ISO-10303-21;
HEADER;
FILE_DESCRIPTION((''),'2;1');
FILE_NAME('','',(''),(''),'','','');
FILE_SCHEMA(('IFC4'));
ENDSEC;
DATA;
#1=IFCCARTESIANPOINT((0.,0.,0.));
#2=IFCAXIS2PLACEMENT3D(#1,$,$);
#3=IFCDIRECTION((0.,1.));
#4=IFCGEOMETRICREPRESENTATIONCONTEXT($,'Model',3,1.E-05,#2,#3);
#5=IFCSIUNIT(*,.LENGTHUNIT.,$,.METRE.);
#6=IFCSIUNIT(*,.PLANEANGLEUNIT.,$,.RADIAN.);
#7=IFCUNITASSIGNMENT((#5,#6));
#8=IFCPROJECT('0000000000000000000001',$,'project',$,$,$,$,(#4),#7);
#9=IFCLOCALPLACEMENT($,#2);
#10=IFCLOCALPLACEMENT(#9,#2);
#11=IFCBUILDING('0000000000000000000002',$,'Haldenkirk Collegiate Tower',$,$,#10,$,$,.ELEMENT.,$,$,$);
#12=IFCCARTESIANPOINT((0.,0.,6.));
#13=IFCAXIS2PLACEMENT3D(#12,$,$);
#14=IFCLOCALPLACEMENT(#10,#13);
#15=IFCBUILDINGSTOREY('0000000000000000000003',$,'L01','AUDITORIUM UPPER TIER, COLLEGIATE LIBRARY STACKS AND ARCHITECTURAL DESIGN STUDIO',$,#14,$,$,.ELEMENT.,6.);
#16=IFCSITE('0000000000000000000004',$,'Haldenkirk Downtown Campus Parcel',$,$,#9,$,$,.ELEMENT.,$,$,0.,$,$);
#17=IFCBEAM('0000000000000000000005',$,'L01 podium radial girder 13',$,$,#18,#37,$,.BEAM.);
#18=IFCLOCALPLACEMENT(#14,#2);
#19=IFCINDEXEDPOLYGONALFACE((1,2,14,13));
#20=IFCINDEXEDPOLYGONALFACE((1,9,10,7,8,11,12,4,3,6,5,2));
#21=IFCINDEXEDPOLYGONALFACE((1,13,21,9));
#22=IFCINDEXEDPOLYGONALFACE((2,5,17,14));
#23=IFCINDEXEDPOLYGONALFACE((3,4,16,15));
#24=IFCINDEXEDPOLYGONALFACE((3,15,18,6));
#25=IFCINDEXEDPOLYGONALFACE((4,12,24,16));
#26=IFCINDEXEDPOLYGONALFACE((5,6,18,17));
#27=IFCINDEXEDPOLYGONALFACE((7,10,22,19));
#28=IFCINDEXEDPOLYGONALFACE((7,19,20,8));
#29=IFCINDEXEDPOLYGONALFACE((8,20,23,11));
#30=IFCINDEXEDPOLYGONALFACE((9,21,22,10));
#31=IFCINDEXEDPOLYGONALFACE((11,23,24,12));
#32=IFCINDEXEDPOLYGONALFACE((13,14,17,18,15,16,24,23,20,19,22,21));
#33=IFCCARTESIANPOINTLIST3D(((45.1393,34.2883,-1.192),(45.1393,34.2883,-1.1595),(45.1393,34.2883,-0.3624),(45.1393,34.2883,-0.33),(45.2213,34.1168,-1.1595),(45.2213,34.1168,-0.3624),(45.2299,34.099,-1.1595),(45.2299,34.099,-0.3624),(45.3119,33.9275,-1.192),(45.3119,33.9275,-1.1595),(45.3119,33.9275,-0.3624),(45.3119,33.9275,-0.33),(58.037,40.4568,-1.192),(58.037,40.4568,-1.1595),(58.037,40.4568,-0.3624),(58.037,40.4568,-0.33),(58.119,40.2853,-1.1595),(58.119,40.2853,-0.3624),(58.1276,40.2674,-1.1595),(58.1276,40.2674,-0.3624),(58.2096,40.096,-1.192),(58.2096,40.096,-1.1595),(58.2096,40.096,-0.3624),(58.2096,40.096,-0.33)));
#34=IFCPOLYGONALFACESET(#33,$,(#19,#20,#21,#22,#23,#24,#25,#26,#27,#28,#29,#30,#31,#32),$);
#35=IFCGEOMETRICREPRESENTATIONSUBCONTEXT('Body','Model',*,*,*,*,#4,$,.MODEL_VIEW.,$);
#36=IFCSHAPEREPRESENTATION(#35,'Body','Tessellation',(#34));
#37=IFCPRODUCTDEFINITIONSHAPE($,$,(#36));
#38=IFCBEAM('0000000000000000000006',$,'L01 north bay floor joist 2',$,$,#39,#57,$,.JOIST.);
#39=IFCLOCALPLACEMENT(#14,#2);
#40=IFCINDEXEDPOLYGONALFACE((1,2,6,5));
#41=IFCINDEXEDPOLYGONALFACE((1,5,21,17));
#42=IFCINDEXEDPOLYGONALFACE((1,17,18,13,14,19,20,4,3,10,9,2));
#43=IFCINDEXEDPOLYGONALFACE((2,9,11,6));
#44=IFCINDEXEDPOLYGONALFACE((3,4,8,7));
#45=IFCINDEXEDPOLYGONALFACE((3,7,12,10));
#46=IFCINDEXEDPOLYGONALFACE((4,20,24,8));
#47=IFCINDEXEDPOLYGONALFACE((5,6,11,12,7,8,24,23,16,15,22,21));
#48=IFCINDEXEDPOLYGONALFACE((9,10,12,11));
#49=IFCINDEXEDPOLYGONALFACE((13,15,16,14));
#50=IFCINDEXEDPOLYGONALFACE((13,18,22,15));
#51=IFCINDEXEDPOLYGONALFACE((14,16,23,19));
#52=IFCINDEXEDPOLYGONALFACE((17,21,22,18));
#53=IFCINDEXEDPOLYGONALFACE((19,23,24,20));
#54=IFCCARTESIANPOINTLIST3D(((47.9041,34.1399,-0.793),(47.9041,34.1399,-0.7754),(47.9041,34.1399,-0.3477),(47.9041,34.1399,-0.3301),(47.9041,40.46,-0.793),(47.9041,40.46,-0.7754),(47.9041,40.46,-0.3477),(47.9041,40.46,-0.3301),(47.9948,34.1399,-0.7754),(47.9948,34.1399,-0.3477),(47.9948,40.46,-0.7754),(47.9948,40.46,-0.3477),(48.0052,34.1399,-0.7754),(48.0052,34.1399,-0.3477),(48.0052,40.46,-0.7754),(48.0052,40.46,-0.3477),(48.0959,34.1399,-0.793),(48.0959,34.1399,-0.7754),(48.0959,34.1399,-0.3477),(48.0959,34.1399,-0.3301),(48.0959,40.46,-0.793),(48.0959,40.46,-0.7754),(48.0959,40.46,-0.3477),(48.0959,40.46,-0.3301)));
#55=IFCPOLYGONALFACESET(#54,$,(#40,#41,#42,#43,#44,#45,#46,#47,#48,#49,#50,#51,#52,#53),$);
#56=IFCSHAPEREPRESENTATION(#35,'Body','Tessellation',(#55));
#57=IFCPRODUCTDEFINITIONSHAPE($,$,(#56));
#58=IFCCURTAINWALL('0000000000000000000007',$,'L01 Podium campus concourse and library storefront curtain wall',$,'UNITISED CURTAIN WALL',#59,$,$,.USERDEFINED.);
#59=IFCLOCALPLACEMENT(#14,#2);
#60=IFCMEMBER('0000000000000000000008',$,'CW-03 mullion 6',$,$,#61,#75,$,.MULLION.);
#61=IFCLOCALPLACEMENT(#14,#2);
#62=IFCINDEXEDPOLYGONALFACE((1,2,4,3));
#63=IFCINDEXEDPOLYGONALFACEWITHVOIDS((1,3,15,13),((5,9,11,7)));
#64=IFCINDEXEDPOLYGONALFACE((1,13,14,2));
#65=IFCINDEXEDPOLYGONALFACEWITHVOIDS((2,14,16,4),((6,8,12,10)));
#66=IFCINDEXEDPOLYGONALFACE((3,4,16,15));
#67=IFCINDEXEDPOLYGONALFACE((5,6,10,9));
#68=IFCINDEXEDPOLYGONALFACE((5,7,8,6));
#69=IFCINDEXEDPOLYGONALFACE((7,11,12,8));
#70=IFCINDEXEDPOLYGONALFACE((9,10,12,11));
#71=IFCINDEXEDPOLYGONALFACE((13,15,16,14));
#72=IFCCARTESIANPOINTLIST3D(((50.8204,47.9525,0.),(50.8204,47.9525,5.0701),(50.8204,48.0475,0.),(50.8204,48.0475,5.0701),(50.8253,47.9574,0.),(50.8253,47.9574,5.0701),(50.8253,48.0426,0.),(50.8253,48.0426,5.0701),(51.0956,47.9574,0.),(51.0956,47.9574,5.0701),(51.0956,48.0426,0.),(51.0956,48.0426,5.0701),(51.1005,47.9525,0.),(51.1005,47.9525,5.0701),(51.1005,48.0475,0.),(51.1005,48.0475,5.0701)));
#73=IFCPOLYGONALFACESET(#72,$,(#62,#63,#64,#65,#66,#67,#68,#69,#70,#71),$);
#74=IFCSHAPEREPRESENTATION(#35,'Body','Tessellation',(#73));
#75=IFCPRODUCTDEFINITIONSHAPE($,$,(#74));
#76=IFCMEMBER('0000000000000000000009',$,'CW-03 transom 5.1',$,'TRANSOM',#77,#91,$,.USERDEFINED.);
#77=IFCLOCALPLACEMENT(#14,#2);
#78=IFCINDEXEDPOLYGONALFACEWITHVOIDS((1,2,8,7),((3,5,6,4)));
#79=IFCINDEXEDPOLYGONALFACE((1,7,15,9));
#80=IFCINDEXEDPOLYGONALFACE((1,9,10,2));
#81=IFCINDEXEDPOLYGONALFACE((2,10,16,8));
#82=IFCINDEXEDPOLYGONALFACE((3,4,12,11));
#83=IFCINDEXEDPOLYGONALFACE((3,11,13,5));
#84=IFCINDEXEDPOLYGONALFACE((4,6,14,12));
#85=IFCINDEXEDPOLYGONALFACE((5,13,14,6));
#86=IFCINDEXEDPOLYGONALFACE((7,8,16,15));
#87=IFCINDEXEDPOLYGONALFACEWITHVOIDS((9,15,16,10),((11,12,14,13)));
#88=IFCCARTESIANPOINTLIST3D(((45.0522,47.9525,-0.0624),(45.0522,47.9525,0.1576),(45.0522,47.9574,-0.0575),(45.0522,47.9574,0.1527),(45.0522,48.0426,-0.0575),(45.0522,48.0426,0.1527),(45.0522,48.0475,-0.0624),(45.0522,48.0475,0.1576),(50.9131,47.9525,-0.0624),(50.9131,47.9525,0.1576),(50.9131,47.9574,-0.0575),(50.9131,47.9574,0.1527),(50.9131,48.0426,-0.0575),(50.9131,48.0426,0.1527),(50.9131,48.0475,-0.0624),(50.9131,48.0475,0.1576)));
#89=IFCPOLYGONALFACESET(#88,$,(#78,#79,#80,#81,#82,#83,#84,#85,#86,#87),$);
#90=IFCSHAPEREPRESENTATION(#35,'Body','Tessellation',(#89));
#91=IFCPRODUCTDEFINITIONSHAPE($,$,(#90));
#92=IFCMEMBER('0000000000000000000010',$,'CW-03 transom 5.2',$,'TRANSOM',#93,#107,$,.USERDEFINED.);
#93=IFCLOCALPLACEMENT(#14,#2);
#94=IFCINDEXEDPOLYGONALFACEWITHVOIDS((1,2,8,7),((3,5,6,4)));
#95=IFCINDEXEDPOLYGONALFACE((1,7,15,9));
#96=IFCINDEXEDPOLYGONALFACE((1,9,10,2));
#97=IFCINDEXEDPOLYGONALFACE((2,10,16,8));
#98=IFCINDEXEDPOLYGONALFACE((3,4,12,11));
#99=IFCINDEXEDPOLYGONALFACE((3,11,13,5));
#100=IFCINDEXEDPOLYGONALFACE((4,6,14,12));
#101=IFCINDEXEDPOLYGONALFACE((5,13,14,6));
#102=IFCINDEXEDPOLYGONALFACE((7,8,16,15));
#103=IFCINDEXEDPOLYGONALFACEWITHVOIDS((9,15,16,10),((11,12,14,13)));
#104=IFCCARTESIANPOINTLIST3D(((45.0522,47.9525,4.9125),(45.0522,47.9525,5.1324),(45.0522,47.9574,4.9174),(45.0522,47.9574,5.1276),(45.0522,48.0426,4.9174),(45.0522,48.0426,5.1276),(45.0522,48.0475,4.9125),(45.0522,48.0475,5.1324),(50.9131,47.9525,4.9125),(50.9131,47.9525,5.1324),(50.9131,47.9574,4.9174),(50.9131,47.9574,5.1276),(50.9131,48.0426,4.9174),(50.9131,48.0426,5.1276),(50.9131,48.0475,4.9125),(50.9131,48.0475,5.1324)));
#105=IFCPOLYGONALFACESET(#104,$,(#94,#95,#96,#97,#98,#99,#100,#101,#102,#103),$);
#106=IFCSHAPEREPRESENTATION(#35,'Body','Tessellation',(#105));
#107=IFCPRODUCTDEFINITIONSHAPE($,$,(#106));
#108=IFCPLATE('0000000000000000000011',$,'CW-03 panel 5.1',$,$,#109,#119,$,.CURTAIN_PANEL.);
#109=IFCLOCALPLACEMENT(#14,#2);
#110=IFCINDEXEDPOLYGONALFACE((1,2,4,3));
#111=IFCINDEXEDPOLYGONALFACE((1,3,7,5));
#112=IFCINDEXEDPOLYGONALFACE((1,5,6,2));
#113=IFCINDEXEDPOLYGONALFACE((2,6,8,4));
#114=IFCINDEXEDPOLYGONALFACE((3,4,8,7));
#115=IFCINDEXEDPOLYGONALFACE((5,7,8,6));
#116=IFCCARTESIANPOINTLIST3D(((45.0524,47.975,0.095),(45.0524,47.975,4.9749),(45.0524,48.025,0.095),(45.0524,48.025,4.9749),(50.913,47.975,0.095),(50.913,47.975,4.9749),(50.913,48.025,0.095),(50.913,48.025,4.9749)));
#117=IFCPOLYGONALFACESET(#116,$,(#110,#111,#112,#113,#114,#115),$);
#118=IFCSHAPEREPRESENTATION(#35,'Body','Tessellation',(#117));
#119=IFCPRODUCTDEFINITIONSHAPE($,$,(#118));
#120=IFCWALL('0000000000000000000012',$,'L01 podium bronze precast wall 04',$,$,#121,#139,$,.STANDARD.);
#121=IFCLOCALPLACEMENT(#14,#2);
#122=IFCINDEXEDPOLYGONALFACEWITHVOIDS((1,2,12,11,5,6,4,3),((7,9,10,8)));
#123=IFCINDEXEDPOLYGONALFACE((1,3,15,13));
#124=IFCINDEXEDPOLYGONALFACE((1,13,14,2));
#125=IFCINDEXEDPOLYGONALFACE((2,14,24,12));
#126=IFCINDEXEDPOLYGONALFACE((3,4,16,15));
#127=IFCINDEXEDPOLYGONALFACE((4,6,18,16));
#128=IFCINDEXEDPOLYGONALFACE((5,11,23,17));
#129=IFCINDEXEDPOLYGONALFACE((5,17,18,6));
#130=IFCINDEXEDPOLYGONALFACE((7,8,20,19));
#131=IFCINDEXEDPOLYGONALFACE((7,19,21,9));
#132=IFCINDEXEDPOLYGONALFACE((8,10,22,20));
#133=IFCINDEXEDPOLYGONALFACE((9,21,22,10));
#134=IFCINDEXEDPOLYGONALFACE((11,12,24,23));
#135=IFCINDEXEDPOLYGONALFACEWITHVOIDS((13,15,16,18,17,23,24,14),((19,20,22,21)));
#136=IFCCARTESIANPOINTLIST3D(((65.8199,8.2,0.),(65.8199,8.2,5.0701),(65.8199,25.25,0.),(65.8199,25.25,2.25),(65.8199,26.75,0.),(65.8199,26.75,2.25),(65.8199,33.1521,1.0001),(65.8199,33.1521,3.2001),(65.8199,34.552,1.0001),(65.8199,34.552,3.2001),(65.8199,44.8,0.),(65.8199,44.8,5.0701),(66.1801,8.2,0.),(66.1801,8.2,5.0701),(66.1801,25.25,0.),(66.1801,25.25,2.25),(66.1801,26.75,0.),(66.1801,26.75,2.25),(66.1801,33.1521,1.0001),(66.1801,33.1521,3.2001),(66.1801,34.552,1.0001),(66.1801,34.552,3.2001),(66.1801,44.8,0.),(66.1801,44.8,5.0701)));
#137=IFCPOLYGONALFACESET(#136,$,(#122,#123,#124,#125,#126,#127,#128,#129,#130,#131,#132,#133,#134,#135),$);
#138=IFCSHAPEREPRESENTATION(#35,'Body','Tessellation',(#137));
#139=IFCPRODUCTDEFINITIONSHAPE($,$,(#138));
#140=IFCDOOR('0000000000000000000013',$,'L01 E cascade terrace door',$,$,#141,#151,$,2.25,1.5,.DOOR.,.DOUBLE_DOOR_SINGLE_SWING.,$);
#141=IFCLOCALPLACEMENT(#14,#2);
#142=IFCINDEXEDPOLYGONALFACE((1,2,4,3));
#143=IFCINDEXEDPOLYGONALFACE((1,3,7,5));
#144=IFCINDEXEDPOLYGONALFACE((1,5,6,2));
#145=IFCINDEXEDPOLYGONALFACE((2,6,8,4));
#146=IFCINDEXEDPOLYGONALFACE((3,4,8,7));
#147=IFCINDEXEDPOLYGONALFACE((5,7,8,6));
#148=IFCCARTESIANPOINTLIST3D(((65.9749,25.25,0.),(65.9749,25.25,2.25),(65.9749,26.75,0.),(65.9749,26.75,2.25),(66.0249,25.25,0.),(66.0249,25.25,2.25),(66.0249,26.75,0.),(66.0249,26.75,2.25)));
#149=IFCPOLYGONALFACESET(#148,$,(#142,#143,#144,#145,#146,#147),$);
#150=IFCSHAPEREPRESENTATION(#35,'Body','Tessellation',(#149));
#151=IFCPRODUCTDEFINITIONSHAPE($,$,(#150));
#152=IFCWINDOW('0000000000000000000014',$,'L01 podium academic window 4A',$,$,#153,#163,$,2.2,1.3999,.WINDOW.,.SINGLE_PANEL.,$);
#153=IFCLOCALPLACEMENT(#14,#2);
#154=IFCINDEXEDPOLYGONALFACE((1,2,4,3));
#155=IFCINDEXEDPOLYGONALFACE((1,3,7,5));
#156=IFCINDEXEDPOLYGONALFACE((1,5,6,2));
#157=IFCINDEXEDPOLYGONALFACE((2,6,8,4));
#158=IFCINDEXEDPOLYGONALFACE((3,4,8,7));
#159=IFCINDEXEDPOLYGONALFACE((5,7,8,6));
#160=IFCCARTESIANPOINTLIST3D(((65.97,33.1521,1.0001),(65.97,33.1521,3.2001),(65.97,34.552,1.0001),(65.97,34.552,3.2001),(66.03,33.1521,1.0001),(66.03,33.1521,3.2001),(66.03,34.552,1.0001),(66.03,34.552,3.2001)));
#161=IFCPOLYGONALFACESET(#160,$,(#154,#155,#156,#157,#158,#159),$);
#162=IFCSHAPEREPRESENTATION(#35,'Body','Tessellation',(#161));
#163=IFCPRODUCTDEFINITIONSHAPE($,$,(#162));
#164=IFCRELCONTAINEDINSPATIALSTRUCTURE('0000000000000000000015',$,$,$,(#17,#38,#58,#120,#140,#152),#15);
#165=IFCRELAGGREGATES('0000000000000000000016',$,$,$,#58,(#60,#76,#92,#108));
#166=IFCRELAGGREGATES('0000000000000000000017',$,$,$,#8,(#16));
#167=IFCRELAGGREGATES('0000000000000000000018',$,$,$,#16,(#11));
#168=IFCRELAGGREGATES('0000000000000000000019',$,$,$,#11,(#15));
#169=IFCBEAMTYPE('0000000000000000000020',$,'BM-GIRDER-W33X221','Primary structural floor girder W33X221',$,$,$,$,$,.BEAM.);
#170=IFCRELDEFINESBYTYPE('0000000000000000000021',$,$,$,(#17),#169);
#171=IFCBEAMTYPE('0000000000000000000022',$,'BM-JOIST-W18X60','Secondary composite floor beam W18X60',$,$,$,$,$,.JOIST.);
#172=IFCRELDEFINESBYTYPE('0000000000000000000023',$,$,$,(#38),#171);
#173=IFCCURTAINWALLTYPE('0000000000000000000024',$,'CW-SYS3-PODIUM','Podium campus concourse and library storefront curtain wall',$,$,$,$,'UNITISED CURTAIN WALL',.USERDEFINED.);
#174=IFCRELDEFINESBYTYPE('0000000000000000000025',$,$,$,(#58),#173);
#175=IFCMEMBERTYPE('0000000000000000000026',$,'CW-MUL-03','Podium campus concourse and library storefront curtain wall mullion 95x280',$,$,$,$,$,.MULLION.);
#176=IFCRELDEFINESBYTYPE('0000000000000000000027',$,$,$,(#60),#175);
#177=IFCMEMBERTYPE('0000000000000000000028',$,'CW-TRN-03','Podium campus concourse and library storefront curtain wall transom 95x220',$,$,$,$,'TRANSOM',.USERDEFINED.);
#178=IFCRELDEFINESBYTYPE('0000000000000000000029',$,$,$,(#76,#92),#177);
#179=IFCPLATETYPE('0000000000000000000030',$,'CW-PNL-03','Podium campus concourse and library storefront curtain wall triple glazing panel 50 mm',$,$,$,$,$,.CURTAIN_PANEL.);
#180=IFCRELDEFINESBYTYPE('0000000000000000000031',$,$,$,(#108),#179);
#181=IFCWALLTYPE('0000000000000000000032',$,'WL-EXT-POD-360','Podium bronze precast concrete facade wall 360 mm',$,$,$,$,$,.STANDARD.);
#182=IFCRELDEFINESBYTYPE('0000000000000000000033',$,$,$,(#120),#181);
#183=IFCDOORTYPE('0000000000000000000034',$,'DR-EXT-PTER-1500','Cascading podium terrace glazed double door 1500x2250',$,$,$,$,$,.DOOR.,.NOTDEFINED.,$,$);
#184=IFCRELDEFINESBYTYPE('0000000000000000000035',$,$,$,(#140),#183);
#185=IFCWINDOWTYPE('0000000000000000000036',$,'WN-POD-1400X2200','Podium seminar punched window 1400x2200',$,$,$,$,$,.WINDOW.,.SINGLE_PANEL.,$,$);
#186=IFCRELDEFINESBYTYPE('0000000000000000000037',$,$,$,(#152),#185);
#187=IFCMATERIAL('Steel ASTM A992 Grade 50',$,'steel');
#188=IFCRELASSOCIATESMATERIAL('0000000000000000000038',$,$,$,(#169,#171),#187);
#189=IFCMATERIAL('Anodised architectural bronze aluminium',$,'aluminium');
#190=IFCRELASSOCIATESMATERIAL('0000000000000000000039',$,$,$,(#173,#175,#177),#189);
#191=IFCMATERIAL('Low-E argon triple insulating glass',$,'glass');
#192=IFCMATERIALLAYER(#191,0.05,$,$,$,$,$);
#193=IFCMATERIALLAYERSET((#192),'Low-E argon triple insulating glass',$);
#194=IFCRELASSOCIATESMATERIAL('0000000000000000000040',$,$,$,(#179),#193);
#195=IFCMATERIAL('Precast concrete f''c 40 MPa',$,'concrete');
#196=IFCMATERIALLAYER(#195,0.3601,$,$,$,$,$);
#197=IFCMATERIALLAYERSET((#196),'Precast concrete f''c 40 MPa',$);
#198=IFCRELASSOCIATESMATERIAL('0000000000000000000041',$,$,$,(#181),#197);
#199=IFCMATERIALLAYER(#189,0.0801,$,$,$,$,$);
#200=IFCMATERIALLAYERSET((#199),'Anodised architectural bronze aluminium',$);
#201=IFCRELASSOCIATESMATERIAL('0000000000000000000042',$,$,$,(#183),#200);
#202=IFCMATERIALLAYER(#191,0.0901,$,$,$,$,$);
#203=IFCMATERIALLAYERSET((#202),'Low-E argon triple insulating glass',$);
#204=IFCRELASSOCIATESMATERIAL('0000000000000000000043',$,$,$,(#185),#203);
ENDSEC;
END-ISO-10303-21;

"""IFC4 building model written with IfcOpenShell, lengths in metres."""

from ifc_helpers import new_model, si_unit, direction, frame, frame_2d, origin, origin_2d, place, context, subcontext, project, spatial, rectangle, hollow_rectangle, i_section, extrude, source, transform, mapped, material, layer, layer_set, material_profile, profile_set, type_object, element, fill, aggregate, save


model = new_model("IFC4")

# Units and contexts
model_context = context("Model", 3, precision=1e-05, world=origin(), true_north=direction((0.0, 1.0)))
body_context = subcontext(model_context, "Body", "Model", "MODEL_VIEW")
ifc_project = project(units=[si_unit("LENGTHUNIT", "METRE"), si_unit("PLANEANGLEUNIT", "RADIAN")], contexts=[model_context])

# Site, building, storey
site_placement = place(None, origin())
site = spatial("IfcSite", under=ifc_project, at=site_placement, Name="Haldenkirk Downtown Campus Parcel", CompositionType="ELEMENT", RefElevation=0.0)
building_placement = place(site_placement, origin())
building = spatial("IfcBuilding", under=site, at=building_placement, Name="Haldenkirk Collegiate Tower", CompositionType="ELEMENT")
storey_placement = place(building_placement, frame((0.0, 0.0, 6.0)))
storey = spatial("IfcBuildingStorey", under=building, at=storey_placement, Name="L01", Description="AUDITORIUM UPPER TIER, COLLEGIATE LIBRARY STACKS AND ARCHITECTURAL DESIGN STUDIO", CompositionType="ELEMENT", Elevation=6.0)

# Beams
ifc_material_1 = material(Name="Steel ASTM A992 Grade 50", Category="steel")
ifc_material_profile_1 = material_profile(ifc_material_1, i_section(OverallWidth=0.3999, OverallDepth=0.8621, WebThickness=0.0198, FlangeThickness=0.0325, at=origin_2d()), Name="W33X221")
ifc_profile_set_1 = profile_set([ifc_material_profile_1], Name="Steel ASTM A992 Grade 50")
beam_type_1 = type_object("IfcBeamType", Name="BM-GIRDER-W33X221", Description="Primary structural floor girder W33X221", PredefinedType="BEAM", material=ifc_profile_set_1)
beam_1_placement = place(storey_placement, frame((58.1233, 40.2764, -0.761), z_axis=(-0.902135, -0.431455, 0.0), x_axis=(0.431455, -0.902135, 0.0)))
element("IfcBeam", 1, at=beam_1_placement, inside=storey, type_object=beam_type_1, Name="L01 podium radial girder 13", PredefinedType="BEAM", context=body_context, shape_type="SweptSolid", body=[
    extrude(i_section(OverallWidth=0.3999, OverallDepth=0.8621, WebThickness=0.0198, FlangeThickness=0.0325, at=origin_2d()), origin(), (0.0, 0.0, 1.0), 14.2969),
])
ifc_material_profile_2 = material_profile(ifc_material_1, i_section(OverallWidth=0.1919, OverallDepth=0.4629, WebThickness=0.0105, FlangeThickness=0.0176, at=origin_2d()), Name="W18X60")
ifc_profile_set_2 = profile_set([ifc_material_profile_2], Name="Steel ASTM A992 Grade 50")
beam_type_2 = type_object("IfcBeamType", Name="BM-JOIST-W18X60", Description="Secondary composite floor beam W18X60", PredefinedType="JOIST", material=ifc_profile_set_2)
beam_2_placement = place(storey_placement, frame((48.0, 34.1399, -0.5615), z_axis=(0.0, 1.0, 0.0), x_axis=(-1.0, 0.0, 0.0)))
element("IfcBeam", 2, at=beam_2_placement, inside=storey, type_object=beam_type_2, Name="L01 north bay floor joist 2", PredefinedType="JOIST", context=body_context, shape_type="SweptSolid", body=[
    extrude(i_section(OverallWidth=0.1919, OverallDepth=0.4629, WebThickness=0.0105, FlangeThickness=0.0176, at=origin_2d()), origin(), (0.0, 0.0, 1.0), 6.3201),
])

# Curtain wall, members, plate
ifc_material_2 = material(Name="Anodised architectural bronze aluminium", Category="aluminium")
curtain_wall_type = type_object("IfcCurtainWallType", Name="CW-SYS3-PODIUM", Description="Podium campus concourse and library storefront curtain wall", ElementType="UNITISED CURTAIN WALL", PredefinedType="USERDEFINED", material=ifc_material_2)
curtain_wall_placement = place(storey_placement, origin())
curtain_wall = element("IfcCurtainWall", 3, at=curtain_wall_placement, inside=storey, type_object=curtain_wall_type, Name="L01 Podium campus concourse and library storefront curtain wall", ObjectType="UNITISED CURTAIN WALL", PredefinedType="USERDEFINED")
ifc_material_profile_3 = material_profile(ifc_material_2, hollow_rectangle(XDim=0.095, YDim=0.28, WallThickness=0.0049, at=origin_2d()), Name="CW-MUL-03")
ifc_profile_set_3 = profile_set([ifc_material_profile_3], Name="Anodised architectural bronze aluminium")
member_type_1 = type_object("IfcMemberType", Name="CW-MUL-03", Description="Podium campus concourse and library storefront curtain wall mullion 95x280", PredefinedType="MULLION", material=ifc_profile_set_3)
member_1_placement = place(storey_placement, frame((50.9604, 48.0, 0.0), z_axis=(0.0, 0.0, 1.0), x_axis=(0.0, 1.0, 0.0)))
member_1 = element("IfcMember", 4, at=member_1_placement, type_object=member_type_1, Name="CW-03 mullion 6", PredefinedType="MULLION", context=body_context, shape_type="SweptSolid", body=[
    extrude(hollow_rectangle(XDim=0.095, YDim=0.28, WallThickness=0.0049, at=origin_2d()), origin(), (0.0, 0.0, 1.0), 5.0701),
])
ifc_material_profile_4 = material_profile(ifc_material_2, hollow_rectangle(XDim=0.095, YDim=0.22, WallThickness=0.0049, at=origin_2d()), Name="CW-TRN-03")
ifc_profile_set_4 = profile_set([ifc_material_profile_4], Name="Anodised architectural bronze aluminium")
member_type_2 = type_object("IfcMemberType", Name="CW-TRN-03", Description="Podium campus concourse and library storefront curtain wall transom 95x220", ElementType="TRANSOM", PredefinedType="USERDEFINED", material=ifc_profile_set_4)
member_2_placement = place(storey_placement, frame((45.0522, 48.0, 0.0476), z_axis=(1.0, 0.0, 0.0), x_axis=(0.0, 1.0, 0.0)))
member_2 = element("IfcMember", 5, at=member_2_placement, type_object=member_type_2, Name="CW-03 transom 5.1", ObjectType="TRANSOM", PredefinedType="USERDEFINED", context=body_context, shape_type="SweptSolid", body=[
    extrude(hollow_rectangle(XDim=0.095, YDim=0.22, WallThickness=0.0049, at=origin_2d()), origin(), (0.0, 0.0, 1.0), 5.8608),
])
member_3_placement = place(storey_placement, frame((45.0522, 48.0, 5.0225), z_axis=(1.0, 0.0, 0.0), x_axis=(0.0, 1.0, 0.0)))
member_3 = element("IfcMember", 6, at=member_3_placement, type_object=member_type_2, Name="CW-03 transom 5.2", ObjectType="TRANSOM", PredefinedType="USERDEFINED", context=body_context, shape_type="SweptSolid", body=[
    extrude(hollow_rectangle(XDim=0.095, YDim=0.22, WallThickness=0.0049, at=origin_2d()), origin(), (0.0, 0.0, 1.0), 5.8608),
])
ifc_material_3 = material(Name="Low-E argon triple insulating glass", Category="glass")
ifc_layer_1 = layer(ifc_material_3, 0.05)
ifc_layer_set_1 = layer_set([ifc_layer_1], Name="Low-E argon triple insulating glass")
plate_type = type_object("IfcPlateType", Name="CW-PNL-03", Description="Podium campus concourse and library storefront curtain wall triple glazing panel 50 mm", PredefinedType="CURTAIN_PANEL", material=ifc_layer_set_1)
shared_shape_1 = source(origin(), body_context, "Body", "SweptSolid", [
    extrude(rectangle(XDim=5.8606, YDim=0.05, at=origin_2d()), origin(), (0.0, 0.0, 1.0), 4.8799),
])
plate_placement = place(storey_placement, frame((47.9827, 48.0, 0.095), z_axis=(0.0, 0.0, 1.0), x_axis=(1.0, 0.0, 0.0)))
plate = element("IfcPlate", 7, at=plate_placement, type_object=plate_type, Name="CW-03 panel 5.1", PredefinedType="CURTAIN_PANEL", context=body_context, shape_type="MappedRepresentation", body=[
    mapped(shared_shape_1, transform((0.0, 0.0, 0.0), x_axis=(1.0, 0.0, 0.0), y_axis=(0.0, 1.0, 0.0), z_axis=(0.0, 0.0, 1.0), scale=1.0)),
])
aggregate(curtain_wall, [member_1, member_2, member_3, plate])

# Wall, openings, door, window
ifc_material_4 = material(Name="Precast concrete f'c 40 MPa", Category="concrete")
ifc_layer_2 = layer(ifc_material_4, 0.3601)
ifc_layer_set_2 = layer_set([ifc_layer_2], Name="Precast concrete f'c 40 MPa")
wall_type_1 = type_object("IfcWallType", Name="WL-EXT-POD-360", Description="Podium bronze precast concrete facade wall 360 mm", PredefinedType="STANDARD", material=ifc_layer_set_2)
wall_1_placement = place(storey_placement, frame((66.0, 44.8, 0.0), z_axis=(0.0, 0.0, 1.0), x_axis=(0.0, -1.0, 0.0)))
wall_1 = element("IfcWall", 8, at=wall_1_placement, inside=storey, type_object=wall_type_1, Name="L01 podium bronze precast wall 04", PredefinedType="STANDARD", context=body_context, shape_type="SweptSolid", body=[
    extrude(rectangle(XDim=36.6001, YDim=0.3601, at=frame_2d((18.3, 0.0))), origin(), (0.0, 0.0, 1.0), 5.0701),
])
opening_1_placement = place(wall_1_placement, frame((18.05, 0.0, 0.0)))
opening_1 = element("IfcOpeningElement", 9, at=opening_1_placement, cuts=wall_1, PredefinedType="OPENING", context=body_context, shape_type="SweptSolid", body=[
    extrude(rectangle(XDim=1.5, YDim=2.25, at=frame_2d((0.75, 1.125))), frame((0.0, 0.1899, 0.0), z_axis=(0.0, -1.0, 0.0), x_axis=(1.0, 0.0, 0.0)), (0.0, 0.0, 1.0), 0.3801),
])
opening_2_placement = place(wall_1_placement, frame((10.248, 0.0, 1.0)))
opening_2 = element("IfcOpeningElement", 10, at=opening_2_placement, cuts=wall_1, PredefinedType="OPENING", context=body_context, shape_type="SweptSolid", body=[
    extrude(rectangle(XDim=1.3999, YDim=2.2, at=frame_2d((0.7, 1.1001))), frame((0.0, 0.1899, 0.0), z_axis=(0.0, -1.0, 0.0), x_axis=(1.0, 0.0, 0.0)), (0.0, 0.0, 1.0), 0.3801),
])
ifc_layer_3 = layer(ifc_material_2, 0.0801)
ifc_layer_set_3 = layer_set([ifc_layer_3], Name="Anodised architectural bronze aluminium")
door_type_1 = type_object("IfcDoorType", Name="DR-EXT-PTER-1500", Description="Cascading podium terrace glazed double door 1500x2250", OperationType="NOTDEFINED", PredefinedType="DOOR", material=ifc_layer_set_3)
door_1_placement = place(opening_1_placement, origin())
door_1 = element("IfcDoor", 11, at=door_1_placement, inside=storey, type_object=door_type_1, Name="L01 E cascade terrace door", OperationType="DOUBLE_DOOR_SINGLE_SWING", OverallHeight=2.25, OverallWidth=1.5, PredefinedType="DOOR", context=body_context, shape_type="SweptSolid", body=[
    extrude(rectangle(XDim=1.5, YDim=2.25, at=frame_2d((0.75, 1.125))), frame((0.0, 0.0249, 0.0), z_axis=(0.0, -1.0, 0.0), x_axis=(1.0, 0.0, 0.0)), (0.0, 0.0, 1.0), 0.05),
])
fill(opening_1, door_1)
ifc_layer_4 = layer(ifc_material_3, 0.0901)
ifc_layer_set_4 = layer_set([ifc_layer_4], Name="Low-E argon triple insulating glass")
window_type = type_object("IfcWindowType", Name="WN-POD-1400X2200", Description="Podium seminar punched window 1400x2200", PartitioningType="SINGLE_PANEL", PredefinedType="WINDOW", material=ifc_layer_set_4)
window_placement = place(opening_2_placement, origin())
window = element("IfcWindow", 12, at=window_placement, inside=storey, type_object=window_type, Name="L01 podium academic window 4A", OverallHeight=2.2, OverallWidth=1.3999, PartitioningType="SINGLE_PANEL", PredefinedType="WINDOW", context=body_context, shape_type="SweptSolid", body=[
    extrude(rectangle(XDim=1.3999, YDim=2.2, at=frame_2d((0.7, 1.1001))), frame((0.0, 0.03, 0.0), z_axis=(0.0, -1.0, 0.0), x_axis=(1.0, 0.0, 0.0)), (0.0, 0.0, 1.0), 0.0601),
])
fill(opening_2, window)

save(model, "model.ifc")
